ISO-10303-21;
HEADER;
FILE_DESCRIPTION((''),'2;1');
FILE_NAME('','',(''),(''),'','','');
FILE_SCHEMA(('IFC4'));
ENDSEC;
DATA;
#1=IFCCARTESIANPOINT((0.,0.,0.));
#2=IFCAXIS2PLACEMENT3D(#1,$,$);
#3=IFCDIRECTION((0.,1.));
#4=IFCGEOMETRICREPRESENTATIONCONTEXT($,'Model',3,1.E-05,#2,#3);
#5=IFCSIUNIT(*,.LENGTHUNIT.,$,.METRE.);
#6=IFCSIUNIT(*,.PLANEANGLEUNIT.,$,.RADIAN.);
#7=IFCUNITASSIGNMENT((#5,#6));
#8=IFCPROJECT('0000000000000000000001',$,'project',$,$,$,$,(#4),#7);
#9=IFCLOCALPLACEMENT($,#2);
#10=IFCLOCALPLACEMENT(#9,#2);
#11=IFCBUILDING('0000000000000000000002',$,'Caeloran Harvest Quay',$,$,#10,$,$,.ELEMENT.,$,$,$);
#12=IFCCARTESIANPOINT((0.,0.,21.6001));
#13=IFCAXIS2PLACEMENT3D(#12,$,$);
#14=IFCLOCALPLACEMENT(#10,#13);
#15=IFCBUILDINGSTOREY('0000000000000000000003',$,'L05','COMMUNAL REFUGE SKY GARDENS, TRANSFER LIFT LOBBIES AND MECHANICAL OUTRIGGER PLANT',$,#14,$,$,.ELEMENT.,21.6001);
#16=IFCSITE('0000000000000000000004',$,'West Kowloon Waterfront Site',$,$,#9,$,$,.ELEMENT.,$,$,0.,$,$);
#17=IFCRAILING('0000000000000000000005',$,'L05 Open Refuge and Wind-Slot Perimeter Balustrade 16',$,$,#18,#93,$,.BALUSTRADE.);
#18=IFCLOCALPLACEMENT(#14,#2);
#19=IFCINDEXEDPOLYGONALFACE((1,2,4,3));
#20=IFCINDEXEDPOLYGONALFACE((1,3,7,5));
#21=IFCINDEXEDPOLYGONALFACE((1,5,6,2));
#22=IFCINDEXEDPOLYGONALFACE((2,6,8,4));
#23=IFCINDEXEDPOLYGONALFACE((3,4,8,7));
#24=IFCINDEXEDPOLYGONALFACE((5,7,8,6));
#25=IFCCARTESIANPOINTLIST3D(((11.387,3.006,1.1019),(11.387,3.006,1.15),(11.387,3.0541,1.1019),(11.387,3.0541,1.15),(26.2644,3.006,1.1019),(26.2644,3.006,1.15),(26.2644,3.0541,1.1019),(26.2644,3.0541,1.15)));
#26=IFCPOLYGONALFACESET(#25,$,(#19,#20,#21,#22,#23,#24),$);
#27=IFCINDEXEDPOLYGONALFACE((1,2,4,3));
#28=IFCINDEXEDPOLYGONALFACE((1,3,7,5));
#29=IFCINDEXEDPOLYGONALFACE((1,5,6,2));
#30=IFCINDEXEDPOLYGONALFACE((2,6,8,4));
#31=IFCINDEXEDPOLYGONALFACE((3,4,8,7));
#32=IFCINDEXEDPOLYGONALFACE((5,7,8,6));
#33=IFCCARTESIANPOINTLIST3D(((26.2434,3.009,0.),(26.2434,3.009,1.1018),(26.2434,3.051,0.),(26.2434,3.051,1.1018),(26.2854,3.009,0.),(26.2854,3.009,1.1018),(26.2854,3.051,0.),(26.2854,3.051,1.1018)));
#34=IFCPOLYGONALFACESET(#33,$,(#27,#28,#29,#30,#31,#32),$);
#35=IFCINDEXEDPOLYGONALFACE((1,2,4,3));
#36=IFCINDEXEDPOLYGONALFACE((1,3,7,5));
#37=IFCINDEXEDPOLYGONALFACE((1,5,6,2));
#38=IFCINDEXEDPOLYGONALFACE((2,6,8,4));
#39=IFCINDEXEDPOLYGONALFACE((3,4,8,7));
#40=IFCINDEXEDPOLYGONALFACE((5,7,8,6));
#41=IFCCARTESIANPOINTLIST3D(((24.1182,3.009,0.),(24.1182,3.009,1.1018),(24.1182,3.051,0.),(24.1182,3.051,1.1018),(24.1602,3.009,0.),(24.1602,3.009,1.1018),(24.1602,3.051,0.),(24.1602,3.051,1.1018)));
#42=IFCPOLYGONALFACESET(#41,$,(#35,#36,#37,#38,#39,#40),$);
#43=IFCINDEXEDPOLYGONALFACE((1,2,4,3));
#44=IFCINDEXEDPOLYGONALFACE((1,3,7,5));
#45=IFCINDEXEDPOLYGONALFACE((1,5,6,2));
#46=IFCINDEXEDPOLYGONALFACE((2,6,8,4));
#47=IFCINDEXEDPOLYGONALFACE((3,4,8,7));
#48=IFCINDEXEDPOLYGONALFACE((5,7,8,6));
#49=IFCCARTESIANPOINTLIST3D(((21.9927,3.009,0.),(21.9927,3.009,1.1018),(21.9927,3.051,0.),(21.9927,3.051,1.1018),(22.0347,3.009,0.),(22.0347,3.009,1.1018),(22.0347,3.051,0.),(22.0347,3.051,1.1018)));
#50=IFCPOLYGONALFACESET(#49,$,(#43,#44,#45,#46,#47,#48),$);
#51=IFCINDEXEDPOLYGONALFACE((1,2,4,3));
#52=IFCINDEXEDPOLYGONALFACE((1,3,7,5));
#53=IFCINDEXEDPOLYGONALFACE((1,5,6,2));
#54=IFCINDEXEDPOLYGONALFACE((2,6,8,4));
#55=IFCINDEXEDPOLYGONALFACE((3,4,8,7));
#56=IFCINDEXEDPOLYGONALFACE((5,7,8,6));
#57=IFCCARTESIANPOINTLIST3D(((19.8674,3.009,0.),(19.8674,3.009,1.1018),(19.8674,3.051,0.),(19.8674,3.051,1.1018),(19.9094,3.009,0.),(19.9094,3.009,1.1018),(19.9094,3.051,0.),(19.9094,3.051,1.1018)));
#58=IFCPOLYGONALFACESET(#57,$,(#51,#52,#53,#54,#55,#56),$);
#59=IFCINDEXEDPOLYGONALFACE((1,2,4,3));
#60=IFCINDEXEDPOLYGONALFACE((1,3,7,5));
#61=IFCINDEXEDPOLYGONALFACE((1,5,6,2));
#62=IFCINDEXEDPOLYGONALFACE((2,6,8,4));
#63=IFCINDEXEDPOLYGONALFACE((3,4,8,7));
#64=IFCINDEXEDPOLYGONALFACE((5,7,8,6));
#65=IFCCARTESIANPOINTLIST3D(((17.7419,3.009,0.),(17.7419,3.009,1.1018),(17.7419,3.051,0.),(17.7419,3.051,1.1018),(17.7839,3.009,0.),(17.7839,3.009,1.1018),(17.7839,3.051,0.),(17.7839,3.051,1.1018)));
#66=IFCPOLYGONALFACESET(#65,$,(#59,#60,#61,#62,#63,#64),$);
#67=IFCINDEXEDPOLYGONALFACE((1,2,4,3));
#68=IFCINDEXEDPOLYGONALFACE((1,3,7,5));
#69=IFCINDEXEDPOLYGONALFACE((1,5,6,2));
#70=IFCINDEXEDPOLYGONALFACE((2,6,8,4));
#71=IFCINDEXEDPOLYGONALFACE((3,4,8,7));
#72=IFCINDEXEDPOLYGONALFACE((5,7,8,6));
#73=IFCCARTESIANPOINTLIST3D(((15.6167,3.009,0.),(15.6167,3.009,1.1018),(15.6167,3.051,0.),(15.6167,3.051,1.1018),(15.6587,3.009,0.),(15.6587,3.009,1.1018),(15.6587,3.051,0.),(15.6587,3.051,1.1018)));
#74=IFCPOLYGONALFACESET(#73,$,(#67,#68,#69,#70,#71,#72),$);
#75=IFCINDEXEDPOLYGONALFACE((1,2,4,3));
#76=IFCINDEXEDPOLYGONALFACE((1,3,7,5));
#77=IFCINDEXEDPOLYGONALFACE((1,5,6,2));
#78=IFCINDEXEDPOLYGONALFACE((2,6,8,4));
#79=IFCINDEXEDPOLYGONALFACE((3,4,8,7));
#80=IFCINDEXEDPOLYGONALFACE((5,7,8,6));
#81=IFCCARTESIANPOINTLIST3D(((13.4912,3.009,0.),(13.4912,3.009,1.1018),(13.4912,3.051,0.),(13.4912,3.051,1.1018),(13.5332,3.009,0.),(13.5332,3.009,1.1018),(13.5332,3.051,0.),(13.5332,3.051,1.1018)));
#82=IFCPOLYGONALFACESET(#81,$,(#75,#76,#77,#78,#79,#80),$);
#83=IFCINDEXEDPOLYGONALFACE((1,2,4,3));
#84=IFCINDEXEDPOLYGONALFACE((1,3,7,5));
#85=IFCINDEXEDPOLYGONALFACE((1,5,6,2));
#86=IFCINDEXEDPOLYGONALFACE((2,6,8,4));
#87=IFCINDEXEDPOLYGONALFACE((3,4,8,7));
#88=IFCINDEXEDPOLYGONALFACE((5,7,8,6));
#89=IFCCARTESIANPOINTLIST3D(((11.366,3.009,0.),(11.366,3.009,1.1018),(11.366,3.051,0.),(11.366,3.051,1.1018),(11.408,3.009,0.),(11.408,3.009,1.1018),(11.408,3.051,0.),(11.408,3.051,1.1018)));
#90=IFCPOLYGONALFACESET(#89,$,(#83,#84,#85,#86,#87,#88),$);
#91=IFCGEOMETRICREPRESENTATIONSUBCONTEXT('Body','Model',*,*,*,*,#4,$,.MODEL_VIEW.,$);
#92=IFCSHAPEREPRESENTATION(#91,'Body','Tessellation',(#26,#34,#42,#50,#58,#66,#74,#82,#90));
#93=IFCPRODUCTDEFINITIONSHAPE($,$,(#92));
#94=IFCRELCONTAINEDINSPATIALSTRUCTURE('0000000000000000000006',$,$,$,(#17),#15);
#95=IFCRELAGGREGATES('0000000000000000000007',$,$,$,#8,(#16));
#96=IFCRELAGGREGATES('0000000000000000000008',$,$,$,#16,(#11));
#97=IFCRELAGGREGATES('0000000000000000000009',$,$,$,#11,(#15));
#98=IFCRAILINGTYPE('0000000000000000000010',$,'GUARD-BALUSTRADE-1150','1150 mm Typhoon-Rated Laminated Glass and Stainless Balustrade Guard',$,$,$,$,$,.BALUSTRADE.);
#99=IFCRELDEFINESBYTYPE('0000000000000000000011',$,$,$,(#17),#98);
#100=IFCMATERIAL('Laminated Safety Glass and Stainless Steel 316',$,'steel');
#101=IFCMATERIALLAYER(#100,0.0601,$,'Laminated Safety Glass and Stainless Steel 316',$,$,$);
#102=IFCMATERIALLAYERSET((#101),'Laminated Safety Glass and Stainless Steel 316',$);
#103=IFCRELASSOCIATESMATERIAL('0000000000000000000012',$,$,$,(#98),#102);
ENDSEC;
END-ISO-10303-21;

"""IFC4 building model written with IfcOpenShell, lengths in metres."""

from ifc_helpers import new_model, si_unit, direction, frame, origin, origin_2d, place, context, subcontext, project, spatial, rectangle, extrude, material, layer, layer_set, type_object, element, save


model = new_model("IFC4")

# Units and contexts
model_context = context("Model", 3, precision=1e-05, world=origin(), true_north=direction((0.0, 1.0)))
body_context = subcontext(model_context, "Body", "Model", "MODEL_VIEW")
ifc_project = project(units=[si_unit("LENGTHUNIT", "METRE"), si_unit("PLANEANGLEUNIT", "RADIAN")], contexts=[model_context])

# Site, building, storey
site_placement = place(None, origin())
site = spatial("IfcSite", under=ifc_project, at=site_placement, Name="West Kowloon Waterfront Site", CompositionType="ELEMENT", RefElevation=0.0)
building_placement = place(site_placement, origin())
building = spatial("IfcBuilding", under=site, at=building_placement, Name="Caeloran Harvest Quay", CompositionType="ELEMENT")
storey_placement = place(building_placement, frame((0.0, 0.0, 21.6001)))
storey = spatial("IfcBuildingStorey", under=building, at=storey_placement, Name="L05", Description="COMMUNAL REFUGE SKY GARDENS, TRANSFER LIFT LOBBIES AND MECHANICAL OUTRIGGER PLANT", CompositionType="ELEMENT", Elevation=21.6001)

# Railing
ifc_material_1 = material(Name="Laminated Safety Glass and Stainless Steel 316", Category="steel")
ifc_layer_1 = layer(ifc_material_1, 0.0601, Name="Laminated Safety Glass and Stainless Steel 316")
ifc_layer_set_1 = layer_set([ifc_layer_1], Name="Laminated Safety Glass and Stainless Steel 316")
railing_type = type_object("IfcRailingType", Name="GUARD-BALUSTRADE-1150", Description="1150 mm Typhoon-Rated Laminated Glass and Stainless Balustrade Guard", PredefinedType="BALUSTRADE", material=ifc_layer_set_1)
railing_placement = place(storey_placement, frame((26.2644, 3.03, 0.0)))
element("IfcRailing", 1, at=railing_placement, inside=storey, type_object=railing_type, Name="L05 Open Refuge and Wind-Slot Perimeter Balustrade 16", PredefinedType="BALUSTRADE", context=body_context, shape_type="SweptSolid", body=[
    extrude(rectangle(XDim=0.0481, YDim=0.0481, at=origin_2d()), frame((0.0, 0.0, 1.126), z_axis=(-1.0, 0.0, 0.0), x_axis=(0.0, -1.0, 0.0)), (0.0, 0.0, 1.0), 14.8774),
    extrude(rectangle(XDim=0.042, YDim=0.042, at=origin_2d()), origin(), (0.0, 0.0, 1.0), 1.1018),
    extrude(rectangle(XDim=0.042, YDim=0.042, at=origin_2d()), frame((-2.1252, 0.0, 0.0)), (0.0, 0.0, 1.0), 1.1018),
    extrude(rectangle(XDim=0.042, YDim=0.042, at=origin_2d()), frame((-4.2507, 0.0, 0.0)), (0.0, 0.0, 1.0), 1.1018),
    extrude(rectangle(XDim=0.042, YDim=0.042, at=origin_2d()), frame((-6.376, 0.0, 0.0)), (0.0, 0.0, 1.0), 1.1018),
    extrude(rectangle(XDim=0.042, YDim=0.042, at=origin_2d()), frame((-8.5015, 0.0, 0.0)), (0.0, 0.0, 1.0), 1.1018),
    extrude(rectangle(XDim=0.042, YDim=0.042, at=origin_2d()), frame((-10.6267, 0.0, 0.0)), (0.0, 0.0, 1.0), 1.1018),
    extrude(rectangle(XDim=0.042, YDim=0.042, at=origin_2d()), frame((-12.7522, 0.0, 0.0)), (0.0, 0.0, 1.0), 1.1018),
    extrude(rectangle(XDim=0.042, YDim=0.042, at=origin_2d()), frame((-14.8774, 0.0, 0.0)), (0.0, 0.0, 1.0), 1.1018),
])

save(model, "model.ifc")
